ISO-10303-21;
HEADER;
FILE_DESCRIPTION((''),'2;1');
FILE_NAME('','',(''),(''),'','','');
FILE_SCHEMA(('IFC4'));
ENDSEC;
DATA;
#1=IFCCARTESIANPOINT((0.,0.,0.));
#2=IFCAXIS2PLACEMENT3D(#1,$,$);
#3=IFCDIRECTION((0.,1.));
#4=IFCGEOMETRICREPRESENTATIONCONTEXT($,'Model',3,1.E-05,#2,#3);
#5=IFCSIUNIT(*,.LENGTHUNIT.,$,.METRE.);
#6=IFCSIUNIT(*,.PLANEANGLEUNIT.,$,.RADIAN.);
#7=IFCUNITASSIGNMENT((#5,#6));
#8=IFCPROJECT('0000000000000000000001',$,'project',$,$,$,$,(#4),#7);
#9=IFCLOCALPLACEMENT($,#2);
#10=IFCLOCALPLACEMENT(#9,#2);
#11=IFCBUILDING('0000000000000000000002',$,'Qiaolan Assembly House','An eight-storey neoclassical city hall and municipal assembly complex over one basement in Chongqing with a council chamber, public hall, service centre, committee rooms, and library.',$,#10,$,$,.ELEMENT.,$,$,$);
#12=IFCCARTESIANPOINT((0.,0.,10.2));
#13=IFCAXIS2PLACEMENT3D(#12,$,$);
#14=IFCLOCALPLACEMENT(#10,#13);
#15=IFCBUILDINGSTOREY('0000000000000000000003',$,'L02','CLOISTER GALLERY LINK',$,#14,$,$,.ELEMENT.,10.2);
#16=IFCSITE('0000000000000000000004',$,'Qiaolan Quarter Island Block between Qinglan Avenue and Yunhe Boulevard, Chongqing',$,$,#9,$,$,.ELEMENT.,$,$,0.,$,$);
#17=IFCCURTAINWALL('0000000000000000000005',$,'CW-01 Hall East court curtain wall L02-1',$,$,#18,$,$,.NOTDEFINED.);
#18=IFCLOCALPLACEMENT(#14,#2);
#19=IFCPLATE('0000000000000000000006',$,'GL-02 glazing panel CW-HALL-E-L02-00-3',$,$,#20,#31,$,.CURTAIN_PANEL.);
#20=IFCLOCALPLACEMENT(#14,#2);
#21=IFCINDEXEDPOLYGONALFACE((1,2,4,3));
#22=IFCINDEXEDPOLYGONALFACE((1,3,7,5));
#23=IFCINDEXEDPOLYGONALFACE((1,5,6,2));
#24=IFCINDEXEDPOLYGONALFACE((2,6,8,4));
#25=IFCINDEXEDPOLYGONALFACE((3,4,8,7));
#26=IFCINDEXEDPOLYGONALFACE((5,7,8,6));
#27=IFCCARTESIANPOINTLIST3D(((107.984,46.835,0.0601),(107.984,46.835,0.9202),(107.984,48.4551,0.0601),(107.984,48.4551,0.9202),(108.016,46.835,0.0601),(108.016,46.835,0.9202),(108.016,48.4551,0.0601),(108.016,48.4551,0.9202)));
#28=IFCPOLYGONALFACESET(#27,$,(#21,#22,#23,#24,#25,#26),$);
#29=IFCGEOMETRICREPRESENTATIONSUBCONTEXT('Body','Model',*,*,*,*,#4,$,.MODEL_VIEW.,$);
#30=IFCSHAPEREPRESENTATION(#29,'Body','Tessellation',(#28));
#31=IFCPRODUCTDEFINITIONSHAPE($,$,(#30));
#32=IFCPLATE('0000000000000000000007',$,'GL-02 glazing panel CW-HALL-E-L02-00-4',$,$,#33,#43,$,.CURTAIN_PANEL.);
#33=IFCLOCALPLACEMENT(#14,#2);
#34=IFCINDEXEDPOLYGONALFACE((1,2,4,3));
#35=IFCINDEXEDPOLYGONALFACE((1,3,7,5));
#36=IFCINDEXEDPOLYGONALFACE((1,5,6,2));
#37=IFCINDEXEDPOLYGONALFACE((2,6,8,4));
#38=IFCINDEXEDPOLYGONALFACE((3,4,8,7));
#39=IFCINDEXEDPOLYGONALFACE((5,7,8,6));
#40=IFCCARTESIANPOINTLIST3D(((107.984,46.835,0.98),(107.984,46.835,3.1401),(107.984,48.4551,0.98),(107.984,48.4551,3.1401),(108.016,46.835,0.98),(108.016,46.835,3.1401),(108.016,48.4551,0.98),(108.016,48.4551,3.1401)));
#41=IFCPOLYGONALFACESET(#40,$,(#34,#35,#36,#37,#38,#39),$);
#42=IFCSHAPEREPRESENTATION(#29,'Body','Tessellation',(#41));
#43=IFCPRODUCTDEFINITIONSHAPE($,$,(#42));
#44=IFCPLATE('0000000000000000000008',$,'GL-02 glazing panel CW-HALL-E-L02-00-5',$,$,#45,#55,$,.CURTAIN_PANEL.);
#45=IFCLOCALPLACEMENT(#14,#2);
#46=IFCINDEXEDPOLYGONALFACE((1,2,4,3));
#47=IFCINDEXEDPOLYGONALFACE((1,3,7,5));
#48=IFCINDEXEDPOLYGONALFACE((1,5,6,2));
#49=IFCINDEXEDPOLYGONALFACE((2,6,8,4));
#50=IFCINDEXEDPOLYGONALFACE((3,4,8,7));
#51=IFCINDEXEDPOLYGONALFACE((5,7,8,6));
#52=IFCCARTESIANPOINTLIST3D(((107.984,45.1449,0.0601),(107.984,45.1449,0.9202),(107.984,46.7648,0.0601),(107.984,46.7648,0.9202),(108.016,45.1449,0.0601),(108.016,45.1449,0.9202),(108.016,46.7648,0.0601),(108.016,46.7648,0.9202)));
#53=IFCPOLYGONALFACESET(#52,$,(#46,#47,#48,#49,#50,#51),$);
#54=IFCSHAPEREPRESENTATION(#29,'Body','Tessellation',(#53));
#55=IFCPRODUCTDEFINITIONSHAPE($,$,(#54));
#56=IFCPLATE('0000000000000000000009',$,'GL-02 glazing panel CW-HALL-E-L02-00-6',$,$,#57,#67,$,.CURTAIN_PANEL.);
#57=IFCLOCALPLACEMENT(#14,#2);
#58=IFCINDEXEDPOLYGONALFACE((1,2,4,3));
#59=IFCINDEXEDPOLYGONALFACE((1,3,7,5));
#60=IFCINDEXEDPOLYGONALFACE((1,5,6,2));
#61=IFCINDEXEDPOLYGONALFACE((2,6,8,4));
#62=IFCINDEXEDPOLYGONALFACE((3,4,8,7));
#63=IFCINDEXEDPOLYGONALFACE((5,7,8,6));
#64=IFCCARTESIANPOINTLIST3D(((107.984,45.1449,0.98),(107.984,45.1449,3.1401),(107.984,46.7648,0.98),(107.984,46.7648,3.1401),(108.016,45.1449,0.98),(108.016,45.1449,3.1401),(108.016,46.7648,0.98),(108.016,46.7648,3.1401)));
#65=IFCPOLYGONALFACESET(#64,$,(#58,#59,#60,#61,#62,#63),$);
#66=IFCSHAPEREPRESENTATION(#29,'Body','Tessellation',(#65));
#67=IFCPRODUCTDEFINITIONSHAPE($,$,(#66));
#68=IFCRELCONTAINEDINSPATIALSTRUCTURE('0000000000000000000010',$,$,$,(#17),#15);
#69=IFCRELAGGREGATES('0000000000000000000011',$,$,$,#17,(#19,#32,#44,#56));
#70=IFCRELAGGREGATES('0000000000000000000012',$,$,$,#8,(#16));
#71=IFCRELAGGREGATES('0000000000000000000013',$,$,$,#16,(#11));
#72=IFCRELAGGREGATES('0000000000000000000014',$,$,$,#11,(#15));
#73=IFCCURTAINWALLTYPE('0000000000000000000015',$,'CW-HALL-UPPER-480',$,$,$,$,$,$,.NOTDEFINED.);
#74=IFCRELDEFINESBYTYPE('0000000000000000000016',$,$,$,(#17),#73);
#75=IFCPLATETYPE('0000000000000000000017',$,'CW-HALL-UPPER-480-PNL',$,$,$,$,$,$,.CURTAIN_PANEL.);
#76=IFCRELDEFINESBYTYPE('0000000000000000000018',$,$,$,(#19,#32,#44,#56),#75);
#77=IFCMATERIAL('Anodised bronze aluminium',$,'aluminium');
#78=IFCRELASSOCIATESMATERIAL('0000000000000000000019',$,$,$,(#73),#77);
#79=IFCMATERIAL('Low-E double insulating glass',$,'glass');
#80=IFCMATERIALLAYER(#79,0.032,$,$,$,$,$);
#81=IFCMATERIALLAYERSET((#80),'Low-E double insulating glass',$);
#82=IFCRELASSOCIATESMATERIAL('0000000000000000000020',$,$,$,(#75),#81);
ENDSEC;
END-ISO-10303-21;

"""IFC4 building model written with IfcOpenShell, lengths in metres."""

from ifc_helpers import new_model, si_unit, direction, frame, frame_2d, origin, place, context, subcontext, project, spatial, rectangle, extrude, material, layer, layer_set, type_object, element, aggregate, save


model = new_model("IFC4")

# Units and contexts
model_context = context("Model", 3, precision=1e-05, world=origin(), true_north=direction((0.0, 1.0)))
body_context = subcontext(model_context, "Body", "Model", "MODEL_VIEW")
ifc_project = project(units=[si_unit("LENGTHUNIT", "METRE"), si_unit("PLANEANGLEUNIT", "RADIAN")], contexts=[model_context])

# Site, building, storey
site_placement = place(None, origin())
site = spatial("IfcSite", under=ifc_project, at=site_placement, Name="Qiaolan Quarter Island Block between Qinglan Avenue and Yunhe Boulevard, Chongqing", CompositionType="ELEMENT", RefElevation=0.0)
building_placement = place(site_placement, origin())
building = spatial("IfcBuilding", under=site, at=building_placement, Name="Qiaolan Assembly House", Description="An eight-storey neoclassical city hall and municipal assembly complex over one basement in Chongqing with a council chamber, public hall, service centre, committee rooms, and library.", CompositionType="ELEMENT")
storey_placement = place(building_placement, frame((0.0, 0.0, 10.2)))
storey = spatial("IfcBuildingStorey", under=building, at=storey_placement, Name="L02", Description="CLOISTER GALLERY LINK", CompositionType="ELEMENT", Elevation=10.2)

# Curtain wall
ifc_material_1 = material(Name="Anodised bronze aluminium", Category="aluminium")
curtain_wall_type = type_object("IfcCurtainWallType", Name="CW-HALL-UPPER-480", PredefinedType="NOTDEFINED", material=ifc_material_1)
curtain_wall_1_placement = place(storey_placement, origin())
curtain_wall_1 = element("IfcCurtainWall", 1, at=curtain_wall_1_placement, inside=storey, type_object=curtain_wall_type, Name="CW-01 Hall East court curtain wall L02-1", PredefinedType="NOTDEFINED")

# Plates
ifc_material_2 = material(Name="Low-E double insulating glass", Category="glass")
ifc_layer = layer(ifc_material_2, 0.032)
ifc_layer_set = layer_set([ifc_layer], Name="Low-E double insulating glass")
plate_type = type_object("IfcPlateType", Name="CW-HALL-UPPER-480-PNL", PredefinedType="CURTAIN_PANEL", material=ifc_layer_set)
plate_1_placement = place(storey_placement, frame((108.0, 48.4551, 0.0601), z_axis=(0.0, 0.0, 1.0), x_axis=(0.0, -1.0, 0.0)))
plate_1 = element("IfcPlate", 2, at=plate_1_placement, type_object=plate_type, Name="GL-02 glazing panel CW-HALL-E-L02-00-3", PredefinedType="CURTAIN_PANEL", context=body_context, shape_type="SweptSolid", body=[
    extrude(rectangle(XDim=1.6201, YDim=0.032, at=frame_2d((0.8101, 0.0))), origin(), (0.0, 0.0, 1.0), 0.8601),
])
plate_2_placement = place(storey_placement, frame((108.0, 48.4551, 0.98), z_axis=(0.0, 0.0, 1.0), x_axis=(0.0, -1.0, 0.0)))
plate_2 = element("IfcPlate", 3, at=plate_2_placement, type_object=plate_type, Name="GL-02 glazing panel CW-HALL-E-L02-00-4", PredefinedType="CURTAIN_PANEL", context=body_context, shape_type="SweptSolid", body=[
    extrude(rectangle(XDim=1.6201, YDim=0.032, at=frame_2d((0.8101, 0.0))), origin(), (0.0, 0.0, 1.0), 2.1602),
])
plate_3_placement = place(storey_placement, frame((108.0, 46.7649, 0.0601), z_axis=(0.0, 0.0, 1.0), x_axis=(0.0, -1.0, 0.0)))
plate_3 = element("IfcPlate", 4, at=plate_3_placement, type_object=plate_type, Name="GL-02 glazing panel CW-HALL-E-L02-00-5", PredefinedType="CURTAIN_PANEL", context=body_context, shape_type="SweptSolid", body=[
    extrude(rectangle(XDim=1.6199, YDim=0.032, at=frame_2d((0.8101, 0.0))), origin(), (0.0, 0.0, 1.0), 0.8601),
])
plate_4_placement = place(storey_placement, frame((108.0, 46.7649, 0.98), z_axis=(0.0, 0.0, 1.0), x_axis=(0.0, -1.0, 0.0)))
plate_4 = element("IfcPlate", 5, at=plate_4_placement, type_object=plate_type, Name="GL-02 glazing panel CW-HALL-E-L02-00-6", PredefinedType="CURTAIN_PANEL", context=body_context, shape_type="SweptSolid", body=[
    extrude(rectangle(XDim=1.6199, YDim=0.032, at=frame_2d((0.8101, 0.0))), origin(), (0.0, 0.0, 1.0), 2.1602),
])
aggregate(curtain_wall_1, [plate_1, plate_2, plate_3, plate_4])

save(model, "model.ifc")
